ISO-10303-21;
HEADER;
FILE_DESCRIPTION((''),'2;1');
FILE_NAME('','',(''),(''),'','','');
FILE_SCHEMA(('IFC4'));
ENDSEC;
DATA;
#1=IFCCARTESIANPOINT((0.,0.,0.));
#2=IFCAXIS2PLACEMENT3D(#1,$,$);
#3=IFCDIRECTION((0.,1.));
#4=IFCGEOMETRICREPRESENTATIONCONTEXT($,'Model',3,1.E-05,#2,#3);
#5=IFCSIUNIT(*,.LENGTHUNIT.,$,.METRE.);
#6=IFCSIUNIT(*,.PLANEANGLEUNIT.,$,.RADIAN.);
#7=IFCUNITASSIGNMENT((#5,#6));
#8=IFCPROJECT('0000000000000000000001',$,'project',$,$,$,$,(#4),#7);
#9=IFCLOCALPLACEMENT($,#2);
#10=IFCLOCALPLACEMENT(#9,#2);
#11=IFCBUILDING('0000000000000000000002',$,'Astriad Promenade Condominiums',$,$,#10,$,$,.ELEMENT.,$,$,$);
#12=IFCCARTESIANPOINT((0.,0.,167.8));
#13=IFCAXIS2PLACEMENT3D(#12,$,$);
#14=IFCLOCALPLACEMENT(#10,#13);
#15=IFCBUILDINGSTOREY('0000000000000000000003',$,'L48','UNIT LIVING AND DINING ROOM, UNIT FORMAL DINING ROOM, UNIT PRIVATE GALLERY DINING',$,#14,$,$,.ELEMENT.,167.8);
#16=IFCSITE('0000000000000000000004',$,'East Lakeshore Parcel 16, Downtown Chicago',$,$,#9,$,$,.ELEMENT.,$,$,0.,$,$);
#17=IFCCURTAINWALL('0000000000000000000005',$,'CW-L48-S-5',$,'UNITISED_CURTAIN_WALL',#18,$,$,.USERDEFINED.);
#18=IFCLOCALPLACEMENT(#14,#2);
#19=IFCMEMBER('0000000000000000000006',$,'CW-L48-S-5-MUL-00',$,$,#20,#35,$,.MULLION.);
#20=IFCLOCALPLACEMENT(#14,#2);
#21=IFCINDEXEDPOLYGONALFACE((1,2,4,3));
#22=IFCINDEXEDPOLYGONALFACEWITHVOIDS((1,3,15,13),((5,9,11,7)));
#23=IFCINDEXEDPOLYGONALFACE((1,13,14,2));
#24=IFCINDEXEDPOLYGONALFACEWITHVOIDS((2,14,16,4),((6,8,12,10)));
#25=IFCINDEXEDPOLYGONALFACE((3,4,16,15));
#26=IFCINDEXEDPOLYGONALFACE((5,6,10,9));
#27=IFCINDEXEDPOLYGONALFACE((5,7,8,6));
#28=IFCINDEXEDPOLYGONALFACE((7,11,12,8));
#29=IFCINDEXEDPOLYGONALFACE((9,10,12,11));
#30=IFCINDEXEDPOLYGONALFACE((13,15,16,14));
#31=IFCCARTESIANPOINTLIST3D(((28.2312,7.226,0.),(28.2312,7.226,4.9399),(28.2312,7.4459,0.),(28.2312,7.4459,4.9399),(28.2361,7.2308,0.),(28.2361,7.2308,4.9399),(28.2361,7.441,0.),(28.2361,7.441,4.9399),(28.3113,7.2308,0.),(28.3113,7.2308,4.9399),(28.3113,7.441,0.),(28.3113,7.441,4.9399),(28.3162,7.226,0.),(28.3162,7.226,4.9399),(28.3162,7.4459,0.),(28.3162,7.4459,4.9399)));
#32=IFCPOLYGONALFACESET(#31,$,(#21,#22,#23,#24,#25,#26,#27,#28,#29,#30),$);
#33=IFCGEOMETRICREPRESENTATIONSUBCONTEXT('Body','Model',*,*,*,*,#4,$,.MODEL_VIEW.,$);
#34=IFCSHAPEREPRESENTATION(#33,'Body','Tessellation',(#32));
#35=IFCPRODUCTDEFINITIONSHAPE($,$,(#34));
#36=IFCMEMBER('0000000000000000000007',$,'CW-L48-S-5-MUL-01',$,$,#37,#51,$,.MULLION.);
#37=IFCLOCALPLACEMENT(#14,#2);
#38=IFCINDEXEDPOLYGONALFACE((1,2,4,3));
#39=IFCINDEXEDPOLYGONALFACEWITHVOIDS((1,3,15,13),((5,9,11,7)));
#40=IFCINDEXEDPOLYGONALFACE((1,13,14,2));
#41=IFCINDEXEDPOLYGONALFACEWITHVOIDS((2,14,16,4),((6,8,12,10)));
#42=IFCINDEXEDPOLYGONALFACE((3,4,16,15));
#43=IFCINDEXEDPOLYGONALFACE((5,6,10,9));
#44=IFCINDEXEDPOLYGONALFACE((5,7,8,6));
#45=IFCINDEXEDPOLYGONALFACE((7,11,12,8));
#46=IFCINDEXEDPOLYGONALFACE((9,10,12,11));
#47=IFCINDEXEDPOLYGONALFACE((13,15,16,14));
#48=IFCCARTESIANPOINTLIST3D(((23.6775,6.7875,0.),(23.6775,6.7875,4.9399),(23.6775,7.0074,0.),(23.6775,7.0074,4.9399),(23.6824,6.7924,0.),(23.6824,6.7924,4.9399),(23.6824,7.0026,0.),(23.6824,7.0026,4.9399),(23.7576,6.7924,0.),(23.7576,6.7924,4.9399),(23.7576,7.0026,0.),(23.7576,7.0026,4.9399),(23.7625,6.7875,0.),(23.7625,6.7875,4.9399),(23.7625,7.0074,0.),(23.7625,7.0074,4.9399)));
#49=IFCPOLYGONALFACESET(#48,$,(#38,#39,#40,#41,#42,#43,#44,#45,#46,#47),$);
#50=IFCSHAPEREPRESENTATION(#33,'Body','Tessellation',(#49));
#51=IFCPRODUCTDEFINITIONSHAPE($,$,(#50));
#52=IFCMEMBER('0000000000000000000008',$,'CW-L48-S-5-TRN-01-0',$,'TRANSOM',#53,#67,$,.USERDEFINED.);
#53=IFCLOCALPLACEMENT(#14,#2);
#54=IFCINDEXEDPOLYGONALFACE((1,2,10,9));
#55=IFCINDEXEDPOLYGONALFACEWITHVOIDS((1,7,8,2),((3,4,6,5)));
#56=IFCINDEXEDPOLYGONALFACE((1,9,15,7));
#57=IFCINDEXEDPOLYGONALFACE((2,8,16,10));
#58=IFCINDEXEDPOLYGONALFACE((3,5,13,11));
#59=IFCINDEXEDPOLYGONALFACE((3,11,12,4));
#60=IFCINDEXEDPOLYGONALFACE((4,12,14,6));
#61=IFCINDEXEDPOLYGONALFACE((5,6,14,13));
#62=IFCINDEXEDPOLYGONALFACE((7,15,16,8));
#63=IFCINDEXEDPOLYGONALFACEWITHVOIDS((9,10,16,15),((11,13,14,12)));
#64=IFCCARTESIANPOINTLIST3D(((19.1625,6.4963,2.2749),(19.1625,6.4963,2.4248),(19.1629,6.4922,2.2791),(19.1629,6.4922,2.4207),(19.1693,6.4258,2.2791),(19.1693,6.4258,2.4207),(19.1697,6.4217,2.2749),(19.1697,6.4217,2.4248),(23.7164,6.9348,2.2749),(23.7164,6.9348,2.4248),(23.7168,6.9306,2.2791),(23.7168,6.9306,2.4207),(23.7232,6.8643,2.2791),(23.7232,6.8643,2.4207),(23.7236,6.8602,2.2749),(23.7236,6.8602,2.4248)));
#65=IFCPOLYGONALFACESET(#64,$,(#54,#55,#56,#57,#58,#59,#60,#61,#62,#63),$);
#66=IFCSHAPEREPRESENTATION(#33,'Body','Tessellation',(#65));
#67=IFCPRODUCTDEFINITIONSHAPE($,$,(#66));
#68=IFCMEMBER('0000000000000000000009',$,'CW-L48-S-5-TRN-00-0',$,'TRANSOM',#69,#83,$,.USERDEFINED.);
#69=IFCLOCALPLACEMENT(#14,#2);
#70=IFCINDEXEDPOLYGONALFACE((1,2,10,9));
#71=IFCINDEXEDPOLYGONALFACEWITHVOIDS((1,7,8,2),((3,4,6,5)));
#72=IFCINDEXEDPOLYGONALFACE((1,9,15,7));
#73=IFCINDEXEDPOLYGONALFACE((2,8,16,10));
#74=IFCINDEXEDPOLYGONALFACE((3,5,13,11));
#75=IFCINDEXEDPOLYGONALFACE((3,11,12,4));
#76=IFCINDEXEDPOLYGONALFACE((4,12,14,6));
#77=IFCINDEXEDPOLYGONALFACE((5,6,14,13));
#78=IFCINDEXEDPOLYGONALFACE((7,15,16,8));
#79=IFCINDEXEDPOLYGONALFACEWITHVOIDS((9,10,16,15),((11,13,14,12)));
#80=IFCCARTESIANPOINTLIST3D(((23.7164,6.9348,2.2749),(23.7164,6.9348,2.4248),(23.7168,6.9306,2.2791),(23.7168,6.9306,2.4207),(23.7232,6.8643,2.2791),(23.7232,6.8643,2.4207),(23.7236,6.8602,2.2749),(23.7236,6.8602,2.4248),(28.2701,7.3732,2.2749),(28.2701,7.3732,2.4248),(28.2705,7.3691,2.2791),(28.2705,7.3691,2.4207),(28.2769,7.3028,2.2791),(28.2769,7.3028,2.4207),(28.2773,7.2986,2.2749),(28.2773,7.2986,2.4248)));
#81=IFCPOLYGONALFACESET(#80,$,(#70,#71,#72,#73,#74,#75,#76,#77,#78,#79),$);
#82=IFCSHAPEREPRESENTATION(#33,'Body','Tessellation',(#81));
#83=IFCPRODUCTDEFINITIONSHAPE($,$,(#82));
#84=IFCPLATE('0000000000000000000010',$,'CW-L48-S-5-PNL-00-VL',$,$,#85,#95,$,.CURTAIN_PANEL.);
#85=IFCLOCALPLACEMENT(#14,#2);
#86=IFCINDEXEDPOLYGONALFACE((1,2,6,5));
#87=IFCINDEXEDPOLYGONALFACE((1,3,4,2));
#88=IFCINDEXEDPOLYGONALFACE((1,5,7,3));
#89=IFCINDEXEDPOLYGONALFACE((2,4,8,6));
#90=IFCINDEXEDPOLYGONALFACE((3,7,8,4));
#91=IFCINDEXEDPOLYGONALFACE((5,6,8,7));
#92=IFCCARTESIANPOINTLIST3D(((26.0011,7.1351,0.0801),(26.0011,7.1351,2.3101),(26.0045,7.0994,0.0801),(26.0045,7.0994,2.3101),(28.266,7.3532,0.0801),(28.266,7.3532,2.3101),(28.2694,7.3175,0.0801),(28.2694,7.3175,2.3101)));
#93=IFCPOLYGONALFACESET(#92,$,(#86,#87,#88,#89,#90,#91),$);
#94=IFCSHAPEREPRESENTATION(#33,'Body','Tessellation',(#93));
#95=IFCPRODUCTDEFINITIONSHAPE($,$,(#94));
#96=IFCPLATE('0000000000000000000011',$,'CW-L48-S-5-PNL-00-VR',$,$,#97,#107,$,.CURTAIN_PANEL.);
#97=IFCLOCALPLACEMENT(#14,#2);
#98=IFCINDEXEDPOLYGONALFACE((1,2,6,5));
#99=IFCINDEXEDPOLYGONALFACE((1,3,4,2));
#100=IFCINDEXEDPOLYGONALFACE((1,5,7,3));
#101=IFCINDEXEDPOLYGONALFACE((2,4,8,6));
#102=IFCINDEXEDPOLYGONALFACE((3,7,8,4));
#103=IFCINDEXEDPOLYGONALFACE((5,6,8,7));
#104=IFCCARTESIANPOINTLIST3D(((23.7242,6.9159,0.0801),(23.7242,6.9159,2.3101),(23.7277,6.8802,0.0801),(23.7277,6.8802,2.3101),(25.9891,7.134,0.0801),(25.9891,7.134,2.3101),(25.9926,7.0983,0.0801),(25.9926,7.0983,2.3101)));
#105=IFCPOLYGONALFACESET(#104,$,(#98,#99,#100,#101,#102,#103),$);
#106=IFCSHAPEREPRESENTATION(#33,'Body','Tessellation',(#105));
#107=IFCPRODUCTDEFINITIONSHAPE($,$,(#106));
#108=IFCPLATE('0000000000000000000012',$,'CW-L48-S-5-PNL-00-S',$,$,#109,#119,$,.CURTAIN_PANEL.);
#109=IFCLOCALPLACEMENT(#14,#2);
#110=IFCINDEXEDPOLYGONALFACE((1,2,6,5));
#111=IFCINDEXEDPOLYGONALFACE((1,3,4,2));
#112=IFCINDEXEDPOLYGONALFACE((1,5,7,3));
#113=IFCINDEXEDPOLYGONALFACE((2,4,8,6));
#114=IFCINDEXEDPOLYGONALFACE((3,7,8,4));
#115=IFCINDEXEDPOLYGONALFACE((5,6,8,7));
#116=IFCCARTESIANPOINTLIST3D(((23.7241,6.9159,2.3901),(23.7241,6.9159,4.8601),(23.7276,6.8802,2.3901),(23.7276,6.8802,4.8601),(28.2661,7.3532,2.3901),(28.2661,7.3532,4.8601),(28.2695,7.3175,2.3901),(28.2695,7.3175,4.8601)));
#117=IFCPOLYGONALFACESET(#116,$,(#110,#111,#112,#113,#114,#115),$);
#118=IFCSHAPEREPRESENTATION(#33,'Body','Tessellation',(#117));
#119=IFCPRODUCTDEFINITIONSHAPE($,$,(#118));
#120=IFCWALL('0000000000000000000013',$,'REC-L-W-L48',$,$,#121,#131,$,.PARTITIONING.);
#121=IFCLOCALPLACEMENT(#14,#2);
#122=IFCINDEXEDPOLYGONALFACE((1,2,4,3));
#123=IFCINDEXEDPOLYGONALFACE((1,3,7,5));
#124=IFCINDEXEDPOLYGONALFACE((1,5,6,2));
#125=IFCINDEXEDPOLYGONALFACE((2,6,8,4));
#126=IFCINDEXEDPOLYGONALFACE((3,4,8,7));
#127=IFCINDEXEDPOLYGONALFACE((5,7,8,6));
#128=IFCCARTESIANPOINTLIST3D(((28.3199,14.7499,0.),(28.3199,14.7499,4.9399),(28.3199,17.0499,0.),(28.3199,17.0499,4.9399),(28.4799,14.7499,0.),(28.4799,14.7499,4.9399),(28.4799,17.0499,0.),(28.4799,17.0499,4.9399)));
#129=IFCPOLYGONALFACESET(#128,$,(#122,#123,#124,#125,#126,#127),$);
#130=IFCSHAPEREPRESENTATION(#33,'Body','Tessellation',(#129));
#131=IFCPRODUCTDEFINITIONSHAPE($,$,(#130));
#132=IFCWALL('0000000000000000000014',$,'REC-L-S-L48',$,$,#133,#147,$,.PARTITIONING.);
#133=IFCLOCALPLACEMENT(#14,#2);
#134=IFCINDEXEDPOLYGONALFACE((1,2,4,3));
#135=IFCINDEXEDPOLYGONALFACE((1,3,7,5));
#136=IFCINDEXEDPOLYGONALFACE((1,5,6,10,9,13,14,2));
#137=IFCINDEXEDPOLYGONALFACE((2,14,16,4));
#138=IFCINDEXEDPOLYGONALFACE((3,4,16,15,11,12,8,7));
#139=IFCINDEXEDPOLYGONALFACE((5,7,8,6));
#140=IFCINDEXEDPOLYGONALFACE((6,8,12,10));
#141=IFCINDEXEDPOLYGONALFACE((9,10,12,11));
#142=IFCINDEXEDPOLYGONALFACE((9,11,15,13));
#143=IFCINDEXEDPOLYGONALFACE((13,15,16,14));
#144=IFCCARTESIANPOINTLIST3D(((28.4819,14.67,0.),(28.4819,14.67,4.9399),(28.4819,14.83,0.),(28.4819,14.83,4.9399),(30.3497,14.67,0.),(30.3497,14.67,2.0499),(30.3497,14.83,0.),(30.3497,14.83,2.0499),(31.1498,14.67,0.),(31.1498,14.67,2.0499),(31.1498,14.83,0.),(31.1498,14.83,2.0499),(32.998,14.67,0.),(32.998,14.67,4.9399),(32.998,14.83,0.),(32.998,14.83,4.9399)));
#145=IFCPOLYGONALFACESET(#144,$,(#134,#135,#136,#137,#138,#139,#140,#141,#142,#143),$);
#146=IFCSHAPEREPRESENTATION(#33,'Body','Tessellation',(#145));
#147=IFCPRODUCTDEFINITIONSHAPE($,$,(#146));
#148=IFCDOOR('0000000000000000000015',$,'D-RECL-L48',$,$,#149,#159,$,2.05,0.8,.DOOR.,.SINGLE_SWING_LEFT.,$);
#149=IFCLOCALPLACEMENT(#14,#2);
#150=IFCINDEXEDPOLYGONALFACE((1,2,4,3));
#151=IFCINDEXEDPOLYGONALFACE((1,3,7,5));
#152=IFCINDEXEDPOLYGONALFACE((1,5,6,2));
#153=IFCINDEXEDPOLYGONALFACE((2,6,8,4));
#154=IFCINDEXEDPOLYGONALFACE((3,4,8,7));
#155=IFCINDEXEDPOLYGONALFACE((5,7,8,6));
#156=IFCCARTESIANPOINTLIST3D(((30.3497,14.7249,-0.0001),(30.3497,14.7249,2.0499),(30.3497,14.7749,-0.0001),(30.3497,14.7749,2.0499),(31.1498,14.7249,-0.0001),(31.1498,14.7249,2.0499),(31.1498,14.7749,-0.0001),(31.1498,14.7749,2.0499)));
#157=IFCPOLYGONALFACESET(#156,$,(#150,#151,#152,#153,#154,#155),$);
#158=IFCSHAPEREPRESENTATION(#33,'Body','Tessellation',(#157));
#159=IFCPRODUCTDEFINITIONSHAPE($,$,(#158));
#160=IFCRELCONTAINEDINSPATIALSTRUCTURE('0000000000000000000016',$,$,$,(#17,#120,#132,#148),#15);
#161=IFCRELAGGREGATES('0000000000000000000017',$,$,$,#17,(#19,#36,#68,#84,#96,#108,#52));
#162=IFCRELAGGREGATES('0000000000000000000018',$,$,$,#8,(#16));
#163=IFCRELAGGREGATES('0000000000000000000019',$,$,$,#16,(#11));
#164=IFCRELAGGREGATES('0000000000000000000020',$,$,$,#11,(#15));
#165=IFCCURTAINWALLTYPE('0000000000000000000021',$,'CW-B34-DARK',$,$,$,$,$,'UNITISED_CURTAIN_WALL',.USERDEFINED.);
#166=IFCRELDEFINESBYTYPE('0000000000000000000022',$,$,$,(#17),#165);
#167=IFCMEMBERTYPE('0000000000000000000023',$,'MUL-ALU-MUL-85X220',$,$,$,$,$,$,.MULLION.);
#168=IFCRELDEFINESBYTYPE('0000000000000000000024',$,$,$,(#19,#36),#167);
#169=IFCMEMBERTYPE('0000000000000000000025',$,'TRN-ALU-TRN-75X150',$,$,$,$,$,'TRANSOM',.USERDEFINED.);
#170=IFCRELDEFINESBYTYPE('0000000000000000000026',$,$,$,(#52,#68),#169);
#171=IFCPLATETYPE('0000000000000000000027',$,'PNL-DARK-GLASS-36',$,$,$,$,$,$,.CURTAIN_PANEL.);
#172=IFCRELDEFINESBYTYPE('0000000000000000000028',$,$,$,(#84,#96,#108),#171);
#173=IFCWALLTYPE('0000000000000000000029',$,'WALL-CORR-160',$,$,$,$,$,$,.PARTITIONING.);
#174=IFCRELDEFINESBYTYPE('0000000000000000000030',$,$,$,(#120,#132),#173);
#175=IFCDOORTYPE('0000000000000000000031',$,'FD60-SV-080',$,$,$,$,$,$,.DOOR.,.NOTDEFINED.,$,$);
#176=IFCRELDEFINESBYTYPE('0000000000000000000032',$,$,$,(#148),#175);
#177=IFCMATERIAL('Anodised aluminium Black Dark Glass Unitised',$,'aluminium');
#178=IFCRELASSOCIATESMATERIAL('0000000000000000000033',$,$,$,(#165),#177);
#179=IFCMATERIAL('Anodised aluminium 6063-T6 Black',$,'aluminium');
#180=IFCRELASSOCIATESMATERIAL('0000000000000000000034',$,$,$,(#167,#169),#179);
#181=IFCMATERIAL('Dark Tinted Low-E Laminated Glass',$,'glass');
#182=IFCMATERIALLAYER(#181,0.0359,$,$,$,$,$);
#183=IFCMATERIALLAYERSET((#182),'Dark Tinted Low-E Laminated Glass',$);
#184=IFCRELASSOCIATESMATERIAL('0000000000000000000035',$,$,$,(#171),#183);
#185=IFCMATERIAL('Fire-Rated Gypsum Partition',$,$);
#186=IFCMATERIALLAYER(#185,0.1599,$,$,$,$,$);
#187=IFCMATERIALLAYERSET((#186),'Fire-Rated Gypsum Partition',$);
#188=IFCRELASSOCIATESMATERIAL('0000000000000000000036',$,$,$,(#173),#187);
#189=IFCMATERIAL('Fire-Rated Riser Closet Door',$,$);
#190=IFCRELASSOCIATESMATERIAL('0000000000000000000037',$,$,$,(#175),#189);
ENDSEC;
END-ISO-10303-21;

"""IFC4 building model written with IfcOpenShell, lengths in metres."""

from ifc_helpers import new_model, si_unit, direction, frame, frame_2d, origin, origin_2d, place, context, subcontext, project, spatial, rectangle, hollow_rectangle, extrude, source, transform, mapped, material, layer, layer_set, material_profile, profile_set, type_object, type_shapes, element, fill, aggregate, save


model = new_model("IFC4")

# Units and contexts
model_context = context("Model", 3, precision=1e-05, world=origin(), true_north=direction((0.0, 1.0)))
body_context = subcontext(model_context, "Body", "Model", "MODEL_VIEW")
ifc_project = project(units=[si_unit("LENGTHUNIT", "METRE"), si_unit("PLANEANGLEUNIT", "RADIAN")], contexts=[model_context])

# Site, building, storey
site_placement = place(None, origin())
site = spatial("IfcSite", under=ifc_project, at=site_placement, Name="East Lakeshore Parcel 16, Downtown Chicago", CompositionType="ELEMENT", RefElevation=0.0)
building_placement = place(site_placement, origin())
building = spatial("IfcBuilding", under=site, at=building_placement, Name="Astriad Promenade Condominiums", CompositionType="ELEMENT")
storey_placement = place(building_placement, frame((0.0, 0.0, 167.8)))
storey = spatial("IfcBuildingStorey", under=building, at=storey_placement, Name="L48", Description="UNIT LIVING AND DINING ROOM, UNIT FORMAL DINING ROOM, UNIT PRIVATE GALLERY DINING", CompositionType="ELEMENT", Elevation=167.8)

# Curtain wall, members, plates
ifc_material_1 = material(Name="Anodised aluminium Black Dark Glass Unitised", Category="aluminium")
curtain_wall_type = type_object("IfcCurtainWallType", Name="CW-B34-DARK", ElementType="UNITISED_CURTAIN_WALL", PredefinedType="USERDEFINED", material=ifc_material_1)
curtain_wall_placement = place(storey_placement, origin())
curtain_wall = element("IfcCurtainWall", 1, at=curtain_wall_placement, inside=storey, type_object=curtain_wall_type, Name="CW-L48-S-5", ObjectType="UNITISED_CURTAIN_WALL", PredefinedType="USERDEFINED")
ifc_material_2 = material(Name="Anodised aluminium 6063-T6 Black", Category="aluminium")
ifc_material_profile_1 = material_profile(ifc_material_2, hollow_rectangle(XDim=0.085, YDim=0.22, WallThickness=0.0049, at=origin_2d()), Name="ALU-MUL-85X220")
ifc_profile_set_1 = profile_set([ifc_material_profile_1], Name="Anodised aluminium 6063-T6 Black")
member_type_1 = type_object("IfcMemberType", Name="MUL-ALU-MUL-85X220", PredefinedType="MULLION", material=ifc_profile_set_1)
shared_shape_1 = source(origin(), body_context, "Body", "SweptSolid", [
    extrude(hollow_rectangle(XDim=0.085, YDim=0.22, WallThickness=0.0049, at=origin_2d()), origin(), (0.0, 0.0, 1.0), 4.9399),
])
type_shapes(member_type_1, [shared_shape_1])
member_1_placement = place(storey_placement, frame((28.2737, 7.3359, 0.0), z_axis=(0.0, 0.0, 1.0), x_axis=(1.0, 0.0, 0.0)))
member_1 = element("IfcMember", 2, at=member_1_placement, type_object=member_type_1, Name="CW-L48-S-5-MUL-00", PredefinedType="MULLION", context=body_context, shape_type="MappedRepresentation", body=[
    mapped(shared_shape_1, transform((0.0, 0.0, 0.0), scale=1.0)),
])
member_2_placement = place(storey_placement, frame((23.72, 6.8975, 0.0), z_axis=(0.0, 0.0, 1.0), x_axis=(1.0, 0.0, 0.0)))
member_2 = element("IfcMember", 3, at=member_2_placement, type_object=member_type_1, Name="CW-L48-S-5-MUL-01", PredefinedType="MULLION", context=body_context, shape_type="MappedRepresentation", body=[
    mapped(shared_shape_1, transform((0.0, 0.0, 0.0), scale=1.0)),
])
ifc_material_profile_2 = material_profile(ifc_material_2, hollow_rectangle(XDim=0.075, YDim=0.1499, WallThickness=0.0042, at=origin_2d()), Name="ALU-TRN-75X150")
ifc_profile_set_2 = profile_set([ifc_material_profile_2], Name="Anodised aluminium 6063-T6 Black")
member_type_2 = type_object("IfcMemberType", Name="TRN-ALU-TRN-75X150", ElementType="TRANSOM", PredefinedType="USERDEFINED", material=ifc_profile_set_2)
shared_shape_2 = source(origin(), body_context, "Body", "SweptSolid", [
    extrude(hollow_rectangle(XDim=0.075, YDim=0.1499, WallThickness=0.0042, at=origin_2d()), origin(), (0.0, 0.0, 1.0), 4.575),
])
member_3_placement = place(storey_placement, frame((23.72, 6.8975, 2.3499), z_axis=(-0.995397, -0.095842, 0.0), x_axis=(0.095842, -0.995397, 0.0)))
member_3 = element("IfcMember", 4, at=member_3_placement, type_object=member_type_2, Name="CW-L48-S-5-TRN-01-0", ObjectType="TRANSOM", PredefinedType="USERDEFINED", context=body_context, shape_type="MappedRepresentation", body=[
    mapped(shared_shape_2, transform((0.0, 0.0, 0.0), scale=1.0)),
])
shared_shape_3 = source(origin(), body_context, "Body", "SweptSolid", [
    extrude(hollow_rectangle(XDim=0.075, YDim=0.1499, WallThickness=0.0042, at=origin_2d()), origin(), (0.0, 0.0, 1.0), 4.5747),
])
type_shapes(member_type_2, [shared_shape_2, shared_shape_3])
member_4_placement = place(storey_placement, frame((28.2737, 7.3359, 2.3499), z_axis=(-0.995396, -0.095847, 0.0), x_axis=(0.095847, -0.995396, 0.0)))
member_4 = element("IfcMember", 5, at=member_4_placement, type_object=member_type_2, Name="CW-L48-S-5-TRN-00-0", ObjectType="TRANSOM", PredefinedType="USERDEFINED", context=body_context, shape_type="MappedRepresentation", body=[
    mapped(shared_shape_3, transform((0.0, 0.0, 0.0), scale=1.0)),
])
ifc_material_3 = material(Name="Dark Tinted Low-E Laminated Glass", Category="glass")
ifc_layer_1 = layer(ifc_material_3, 0.0359)
ifc_layer_set_1 = layer_set([ifc_layer_1], Name="Dark Tinted Low-E Laminated Glass")
plate_type = type_object("IfcPlateType", Name="PNL-DARK-GLASS-36", PredefinedType="CURTAIN_PANEL", material=ifc_layer_set_1)
shared_shape_4 = source(origin(), body_context, "Body", "SweptSolid", [
    extrude(rectangle(XDim=2.2754, YDim=0.0359, at=origin_2d()), origin(), (0.0, 0.0, 1.0), 2.23),
])
plate_1_placement = place(storey_placement, frame((27.1353, 7.2263, 0.0801), z_axis=(0.0, 0.0, 1.0), x_axis=(-0.995396, -0.095846, 0.0)))
plate_1 = element("IfcPlate", 6, at=plate_1_placement, type_object=plate_type, Name="CW-L48-S-5-PNL-00-VL", PredefinedType="CURTAIN_PANEL", context=body_context, shape_type="MappedRepresentation", body=[
    mapped(shared_shape_4, transform((0.0, 0.0, 0.0), scale=1.0)),
])
plate_2_placement = place(storey_placement, frame((24.8584, 7.0071, 0.0801), z_axis=(0.0, 0.0, 1.0), x_axis=(-0.995396, -0.095846, 0.0)))
plate_2 = element("IfcPlate", 7, at=plate_2_placement, type_object=plate_type, Name="CW-L48-S-5-PNL-00-VR", PredefinedType="CURTAIN_PANEL", context=body_context, shape_type="MappedRepresentation", body=[
    mapped(shared_shape_4, transform((0.0, 0.0, 0.0), scale=1.0)),
])
shared_shape_5 = source(origin(), body_context, "Body", "SweptSolid", [
    extrude(rectangle(XDim=4.563, YDim=0.0359, at=origin_2d()), origin(), (0.0, 0.0, 1.0), 2.47),
])
type_shapes(plate_type, [shared_shape_4, shared_shape_5])
plate_3_placement = place(storey_placement, frame((25.9968, 7.1167, 2.3901), z_axis=(0.0, 0.0, 1.0), x_axis=(-0.995396, -0.095846, 0.0)))
plate_3 = element("IfcPlate", 8, at=plate_3_placement, type_object=plate_type, Name="CW-L48-S-5-PNL-00-S", PredefinedType="CURTAIN_PANEL", context=body_context, shape_type="MappedRepresentation", body=[
    mapped(shared_shape_5, transform((0.0, 0.0, 0.0), scale=1.0)),
])
aggregate(curtain_wall, [member_1, member_2, member_4, plate_1, plate_2, plate_3, member_3])

# Wall
ifc_material_4 = material(Name="Fire-Rated Gypsum Partition")
ifc_layer_2 = layer(ifc_material_4, 0.1599)
ifc_layer_set_2 = layer_set([ifc_layer_2], Name="Fire-Rated Gypsum Partition")
wall_type_1 = type_object("IfcWallType", Name="WALL-CORR-160", PredefinedType="PARTITIONING", material=ifc_layer_set_2)
wall_1_placement = place(storey_placement, frame((28.3999, 14.75, 0.0), z_axis=(0.0, 0.0, 1.0), x_axis=(0.0, 1.0, 0.0)))
element("IfcWall", 9, at=wall_1_placement, inside=storey, type_object=wall_type_1, Name="REC-L-W-L48", PredefinedType="PARTITIONING", context=body_context, shape_type="SweptSolid", body=[
    extrude(rectangle(XDim=2.3, YDim=0.1599, at=frame_2d((1.1499, 0.0))), origin(), (0.0, 0.0, 1.0), 4.9399),
])

# Wall, opening, door
wall_2_placement = place(storey_placement, frame((28.4819, 14.75, 0.0), z_axis=(0.0, 0.0, 1.0), x_axis=(1.0, 0.0, 0.0)))
wall_2 = element("IfcWall", 10, at=wall_2_placement, inside=storey, type_object=wall_type_1, Name="REC-L-S-L48", PredefinedType="PARTITIONING", context=body_context, shape_type="SweptSolid", body=[
    extrude(rectangle(XDim=4.5161, YDim=0.1599, at=frame_2d((2.2581, 0.0))), origin(), (0.0, 0.0, 1.0), 4.9399),
])
opening_1_placement = place(wall_2_placement, frame((1.8679, 0.0, 0.0)))
opening_1 = element("IfcOpeningElement", 11, at=opening_1_placement, cuts=wall_2, PredefinedType="OPENING", context=body_context, shape_type="SweptSolid", body=[
    extrude(rectangle(XDim=0.8, YDim=2.05, at=frame_2d((0.3999, 1.0249))), frame((0.0, 0.0898, 0.0), z_axis=(0.0, -1.0, 0.0), x_axis=(1.0, 0.0, 0.0)), (0.0, 0.0, 1.0), 0.1799),
])
ifc_material_5 = material(Name="Fire-Rated Riser Closet Door")
door_type_1 = type_object("IfcDoorType", Name="FD60-SV-080", OperationType="NOTDEFINED", PredefinedType="DOOR", material=ifc_material_5)
shared_shape_6 = source(origin(), body_context, "Body", "SweptSolid", [
    extrude(rectangle(XDim=0.8, YDim=2.05, at=frame_2d((0.3999, 1.0249))), frame((0.0, 0.0249, 0.0), z_axis=(0.0, -1.0, 0.0), x_axis=(1.0, 0.0, 0.0)), (0.0, 0.0, 1.0), 0.05),
])
type_shapes(door_type_1, [shared_shape_6])
door_1_placement = place(opening_1_placement, origin())
door_1 = element("IfcDoor", 12, at=door_1_placement, inside=storey, type_object=door_type_1, Name="D-RECL-L48", OperationType="SINGLE_SWING_LEFT", OverallHeight=2.05, OverallWidth=0.8, PredefinedType="DOOR", context=body_context, shape_type="MappedRepresentation", body=[
    mapped(shared_shape_6, transform((0.0, 0.0, 0.0), scale=1.0)),
])
fill(opening_1, door_1)

save(model, "model.ifc")
